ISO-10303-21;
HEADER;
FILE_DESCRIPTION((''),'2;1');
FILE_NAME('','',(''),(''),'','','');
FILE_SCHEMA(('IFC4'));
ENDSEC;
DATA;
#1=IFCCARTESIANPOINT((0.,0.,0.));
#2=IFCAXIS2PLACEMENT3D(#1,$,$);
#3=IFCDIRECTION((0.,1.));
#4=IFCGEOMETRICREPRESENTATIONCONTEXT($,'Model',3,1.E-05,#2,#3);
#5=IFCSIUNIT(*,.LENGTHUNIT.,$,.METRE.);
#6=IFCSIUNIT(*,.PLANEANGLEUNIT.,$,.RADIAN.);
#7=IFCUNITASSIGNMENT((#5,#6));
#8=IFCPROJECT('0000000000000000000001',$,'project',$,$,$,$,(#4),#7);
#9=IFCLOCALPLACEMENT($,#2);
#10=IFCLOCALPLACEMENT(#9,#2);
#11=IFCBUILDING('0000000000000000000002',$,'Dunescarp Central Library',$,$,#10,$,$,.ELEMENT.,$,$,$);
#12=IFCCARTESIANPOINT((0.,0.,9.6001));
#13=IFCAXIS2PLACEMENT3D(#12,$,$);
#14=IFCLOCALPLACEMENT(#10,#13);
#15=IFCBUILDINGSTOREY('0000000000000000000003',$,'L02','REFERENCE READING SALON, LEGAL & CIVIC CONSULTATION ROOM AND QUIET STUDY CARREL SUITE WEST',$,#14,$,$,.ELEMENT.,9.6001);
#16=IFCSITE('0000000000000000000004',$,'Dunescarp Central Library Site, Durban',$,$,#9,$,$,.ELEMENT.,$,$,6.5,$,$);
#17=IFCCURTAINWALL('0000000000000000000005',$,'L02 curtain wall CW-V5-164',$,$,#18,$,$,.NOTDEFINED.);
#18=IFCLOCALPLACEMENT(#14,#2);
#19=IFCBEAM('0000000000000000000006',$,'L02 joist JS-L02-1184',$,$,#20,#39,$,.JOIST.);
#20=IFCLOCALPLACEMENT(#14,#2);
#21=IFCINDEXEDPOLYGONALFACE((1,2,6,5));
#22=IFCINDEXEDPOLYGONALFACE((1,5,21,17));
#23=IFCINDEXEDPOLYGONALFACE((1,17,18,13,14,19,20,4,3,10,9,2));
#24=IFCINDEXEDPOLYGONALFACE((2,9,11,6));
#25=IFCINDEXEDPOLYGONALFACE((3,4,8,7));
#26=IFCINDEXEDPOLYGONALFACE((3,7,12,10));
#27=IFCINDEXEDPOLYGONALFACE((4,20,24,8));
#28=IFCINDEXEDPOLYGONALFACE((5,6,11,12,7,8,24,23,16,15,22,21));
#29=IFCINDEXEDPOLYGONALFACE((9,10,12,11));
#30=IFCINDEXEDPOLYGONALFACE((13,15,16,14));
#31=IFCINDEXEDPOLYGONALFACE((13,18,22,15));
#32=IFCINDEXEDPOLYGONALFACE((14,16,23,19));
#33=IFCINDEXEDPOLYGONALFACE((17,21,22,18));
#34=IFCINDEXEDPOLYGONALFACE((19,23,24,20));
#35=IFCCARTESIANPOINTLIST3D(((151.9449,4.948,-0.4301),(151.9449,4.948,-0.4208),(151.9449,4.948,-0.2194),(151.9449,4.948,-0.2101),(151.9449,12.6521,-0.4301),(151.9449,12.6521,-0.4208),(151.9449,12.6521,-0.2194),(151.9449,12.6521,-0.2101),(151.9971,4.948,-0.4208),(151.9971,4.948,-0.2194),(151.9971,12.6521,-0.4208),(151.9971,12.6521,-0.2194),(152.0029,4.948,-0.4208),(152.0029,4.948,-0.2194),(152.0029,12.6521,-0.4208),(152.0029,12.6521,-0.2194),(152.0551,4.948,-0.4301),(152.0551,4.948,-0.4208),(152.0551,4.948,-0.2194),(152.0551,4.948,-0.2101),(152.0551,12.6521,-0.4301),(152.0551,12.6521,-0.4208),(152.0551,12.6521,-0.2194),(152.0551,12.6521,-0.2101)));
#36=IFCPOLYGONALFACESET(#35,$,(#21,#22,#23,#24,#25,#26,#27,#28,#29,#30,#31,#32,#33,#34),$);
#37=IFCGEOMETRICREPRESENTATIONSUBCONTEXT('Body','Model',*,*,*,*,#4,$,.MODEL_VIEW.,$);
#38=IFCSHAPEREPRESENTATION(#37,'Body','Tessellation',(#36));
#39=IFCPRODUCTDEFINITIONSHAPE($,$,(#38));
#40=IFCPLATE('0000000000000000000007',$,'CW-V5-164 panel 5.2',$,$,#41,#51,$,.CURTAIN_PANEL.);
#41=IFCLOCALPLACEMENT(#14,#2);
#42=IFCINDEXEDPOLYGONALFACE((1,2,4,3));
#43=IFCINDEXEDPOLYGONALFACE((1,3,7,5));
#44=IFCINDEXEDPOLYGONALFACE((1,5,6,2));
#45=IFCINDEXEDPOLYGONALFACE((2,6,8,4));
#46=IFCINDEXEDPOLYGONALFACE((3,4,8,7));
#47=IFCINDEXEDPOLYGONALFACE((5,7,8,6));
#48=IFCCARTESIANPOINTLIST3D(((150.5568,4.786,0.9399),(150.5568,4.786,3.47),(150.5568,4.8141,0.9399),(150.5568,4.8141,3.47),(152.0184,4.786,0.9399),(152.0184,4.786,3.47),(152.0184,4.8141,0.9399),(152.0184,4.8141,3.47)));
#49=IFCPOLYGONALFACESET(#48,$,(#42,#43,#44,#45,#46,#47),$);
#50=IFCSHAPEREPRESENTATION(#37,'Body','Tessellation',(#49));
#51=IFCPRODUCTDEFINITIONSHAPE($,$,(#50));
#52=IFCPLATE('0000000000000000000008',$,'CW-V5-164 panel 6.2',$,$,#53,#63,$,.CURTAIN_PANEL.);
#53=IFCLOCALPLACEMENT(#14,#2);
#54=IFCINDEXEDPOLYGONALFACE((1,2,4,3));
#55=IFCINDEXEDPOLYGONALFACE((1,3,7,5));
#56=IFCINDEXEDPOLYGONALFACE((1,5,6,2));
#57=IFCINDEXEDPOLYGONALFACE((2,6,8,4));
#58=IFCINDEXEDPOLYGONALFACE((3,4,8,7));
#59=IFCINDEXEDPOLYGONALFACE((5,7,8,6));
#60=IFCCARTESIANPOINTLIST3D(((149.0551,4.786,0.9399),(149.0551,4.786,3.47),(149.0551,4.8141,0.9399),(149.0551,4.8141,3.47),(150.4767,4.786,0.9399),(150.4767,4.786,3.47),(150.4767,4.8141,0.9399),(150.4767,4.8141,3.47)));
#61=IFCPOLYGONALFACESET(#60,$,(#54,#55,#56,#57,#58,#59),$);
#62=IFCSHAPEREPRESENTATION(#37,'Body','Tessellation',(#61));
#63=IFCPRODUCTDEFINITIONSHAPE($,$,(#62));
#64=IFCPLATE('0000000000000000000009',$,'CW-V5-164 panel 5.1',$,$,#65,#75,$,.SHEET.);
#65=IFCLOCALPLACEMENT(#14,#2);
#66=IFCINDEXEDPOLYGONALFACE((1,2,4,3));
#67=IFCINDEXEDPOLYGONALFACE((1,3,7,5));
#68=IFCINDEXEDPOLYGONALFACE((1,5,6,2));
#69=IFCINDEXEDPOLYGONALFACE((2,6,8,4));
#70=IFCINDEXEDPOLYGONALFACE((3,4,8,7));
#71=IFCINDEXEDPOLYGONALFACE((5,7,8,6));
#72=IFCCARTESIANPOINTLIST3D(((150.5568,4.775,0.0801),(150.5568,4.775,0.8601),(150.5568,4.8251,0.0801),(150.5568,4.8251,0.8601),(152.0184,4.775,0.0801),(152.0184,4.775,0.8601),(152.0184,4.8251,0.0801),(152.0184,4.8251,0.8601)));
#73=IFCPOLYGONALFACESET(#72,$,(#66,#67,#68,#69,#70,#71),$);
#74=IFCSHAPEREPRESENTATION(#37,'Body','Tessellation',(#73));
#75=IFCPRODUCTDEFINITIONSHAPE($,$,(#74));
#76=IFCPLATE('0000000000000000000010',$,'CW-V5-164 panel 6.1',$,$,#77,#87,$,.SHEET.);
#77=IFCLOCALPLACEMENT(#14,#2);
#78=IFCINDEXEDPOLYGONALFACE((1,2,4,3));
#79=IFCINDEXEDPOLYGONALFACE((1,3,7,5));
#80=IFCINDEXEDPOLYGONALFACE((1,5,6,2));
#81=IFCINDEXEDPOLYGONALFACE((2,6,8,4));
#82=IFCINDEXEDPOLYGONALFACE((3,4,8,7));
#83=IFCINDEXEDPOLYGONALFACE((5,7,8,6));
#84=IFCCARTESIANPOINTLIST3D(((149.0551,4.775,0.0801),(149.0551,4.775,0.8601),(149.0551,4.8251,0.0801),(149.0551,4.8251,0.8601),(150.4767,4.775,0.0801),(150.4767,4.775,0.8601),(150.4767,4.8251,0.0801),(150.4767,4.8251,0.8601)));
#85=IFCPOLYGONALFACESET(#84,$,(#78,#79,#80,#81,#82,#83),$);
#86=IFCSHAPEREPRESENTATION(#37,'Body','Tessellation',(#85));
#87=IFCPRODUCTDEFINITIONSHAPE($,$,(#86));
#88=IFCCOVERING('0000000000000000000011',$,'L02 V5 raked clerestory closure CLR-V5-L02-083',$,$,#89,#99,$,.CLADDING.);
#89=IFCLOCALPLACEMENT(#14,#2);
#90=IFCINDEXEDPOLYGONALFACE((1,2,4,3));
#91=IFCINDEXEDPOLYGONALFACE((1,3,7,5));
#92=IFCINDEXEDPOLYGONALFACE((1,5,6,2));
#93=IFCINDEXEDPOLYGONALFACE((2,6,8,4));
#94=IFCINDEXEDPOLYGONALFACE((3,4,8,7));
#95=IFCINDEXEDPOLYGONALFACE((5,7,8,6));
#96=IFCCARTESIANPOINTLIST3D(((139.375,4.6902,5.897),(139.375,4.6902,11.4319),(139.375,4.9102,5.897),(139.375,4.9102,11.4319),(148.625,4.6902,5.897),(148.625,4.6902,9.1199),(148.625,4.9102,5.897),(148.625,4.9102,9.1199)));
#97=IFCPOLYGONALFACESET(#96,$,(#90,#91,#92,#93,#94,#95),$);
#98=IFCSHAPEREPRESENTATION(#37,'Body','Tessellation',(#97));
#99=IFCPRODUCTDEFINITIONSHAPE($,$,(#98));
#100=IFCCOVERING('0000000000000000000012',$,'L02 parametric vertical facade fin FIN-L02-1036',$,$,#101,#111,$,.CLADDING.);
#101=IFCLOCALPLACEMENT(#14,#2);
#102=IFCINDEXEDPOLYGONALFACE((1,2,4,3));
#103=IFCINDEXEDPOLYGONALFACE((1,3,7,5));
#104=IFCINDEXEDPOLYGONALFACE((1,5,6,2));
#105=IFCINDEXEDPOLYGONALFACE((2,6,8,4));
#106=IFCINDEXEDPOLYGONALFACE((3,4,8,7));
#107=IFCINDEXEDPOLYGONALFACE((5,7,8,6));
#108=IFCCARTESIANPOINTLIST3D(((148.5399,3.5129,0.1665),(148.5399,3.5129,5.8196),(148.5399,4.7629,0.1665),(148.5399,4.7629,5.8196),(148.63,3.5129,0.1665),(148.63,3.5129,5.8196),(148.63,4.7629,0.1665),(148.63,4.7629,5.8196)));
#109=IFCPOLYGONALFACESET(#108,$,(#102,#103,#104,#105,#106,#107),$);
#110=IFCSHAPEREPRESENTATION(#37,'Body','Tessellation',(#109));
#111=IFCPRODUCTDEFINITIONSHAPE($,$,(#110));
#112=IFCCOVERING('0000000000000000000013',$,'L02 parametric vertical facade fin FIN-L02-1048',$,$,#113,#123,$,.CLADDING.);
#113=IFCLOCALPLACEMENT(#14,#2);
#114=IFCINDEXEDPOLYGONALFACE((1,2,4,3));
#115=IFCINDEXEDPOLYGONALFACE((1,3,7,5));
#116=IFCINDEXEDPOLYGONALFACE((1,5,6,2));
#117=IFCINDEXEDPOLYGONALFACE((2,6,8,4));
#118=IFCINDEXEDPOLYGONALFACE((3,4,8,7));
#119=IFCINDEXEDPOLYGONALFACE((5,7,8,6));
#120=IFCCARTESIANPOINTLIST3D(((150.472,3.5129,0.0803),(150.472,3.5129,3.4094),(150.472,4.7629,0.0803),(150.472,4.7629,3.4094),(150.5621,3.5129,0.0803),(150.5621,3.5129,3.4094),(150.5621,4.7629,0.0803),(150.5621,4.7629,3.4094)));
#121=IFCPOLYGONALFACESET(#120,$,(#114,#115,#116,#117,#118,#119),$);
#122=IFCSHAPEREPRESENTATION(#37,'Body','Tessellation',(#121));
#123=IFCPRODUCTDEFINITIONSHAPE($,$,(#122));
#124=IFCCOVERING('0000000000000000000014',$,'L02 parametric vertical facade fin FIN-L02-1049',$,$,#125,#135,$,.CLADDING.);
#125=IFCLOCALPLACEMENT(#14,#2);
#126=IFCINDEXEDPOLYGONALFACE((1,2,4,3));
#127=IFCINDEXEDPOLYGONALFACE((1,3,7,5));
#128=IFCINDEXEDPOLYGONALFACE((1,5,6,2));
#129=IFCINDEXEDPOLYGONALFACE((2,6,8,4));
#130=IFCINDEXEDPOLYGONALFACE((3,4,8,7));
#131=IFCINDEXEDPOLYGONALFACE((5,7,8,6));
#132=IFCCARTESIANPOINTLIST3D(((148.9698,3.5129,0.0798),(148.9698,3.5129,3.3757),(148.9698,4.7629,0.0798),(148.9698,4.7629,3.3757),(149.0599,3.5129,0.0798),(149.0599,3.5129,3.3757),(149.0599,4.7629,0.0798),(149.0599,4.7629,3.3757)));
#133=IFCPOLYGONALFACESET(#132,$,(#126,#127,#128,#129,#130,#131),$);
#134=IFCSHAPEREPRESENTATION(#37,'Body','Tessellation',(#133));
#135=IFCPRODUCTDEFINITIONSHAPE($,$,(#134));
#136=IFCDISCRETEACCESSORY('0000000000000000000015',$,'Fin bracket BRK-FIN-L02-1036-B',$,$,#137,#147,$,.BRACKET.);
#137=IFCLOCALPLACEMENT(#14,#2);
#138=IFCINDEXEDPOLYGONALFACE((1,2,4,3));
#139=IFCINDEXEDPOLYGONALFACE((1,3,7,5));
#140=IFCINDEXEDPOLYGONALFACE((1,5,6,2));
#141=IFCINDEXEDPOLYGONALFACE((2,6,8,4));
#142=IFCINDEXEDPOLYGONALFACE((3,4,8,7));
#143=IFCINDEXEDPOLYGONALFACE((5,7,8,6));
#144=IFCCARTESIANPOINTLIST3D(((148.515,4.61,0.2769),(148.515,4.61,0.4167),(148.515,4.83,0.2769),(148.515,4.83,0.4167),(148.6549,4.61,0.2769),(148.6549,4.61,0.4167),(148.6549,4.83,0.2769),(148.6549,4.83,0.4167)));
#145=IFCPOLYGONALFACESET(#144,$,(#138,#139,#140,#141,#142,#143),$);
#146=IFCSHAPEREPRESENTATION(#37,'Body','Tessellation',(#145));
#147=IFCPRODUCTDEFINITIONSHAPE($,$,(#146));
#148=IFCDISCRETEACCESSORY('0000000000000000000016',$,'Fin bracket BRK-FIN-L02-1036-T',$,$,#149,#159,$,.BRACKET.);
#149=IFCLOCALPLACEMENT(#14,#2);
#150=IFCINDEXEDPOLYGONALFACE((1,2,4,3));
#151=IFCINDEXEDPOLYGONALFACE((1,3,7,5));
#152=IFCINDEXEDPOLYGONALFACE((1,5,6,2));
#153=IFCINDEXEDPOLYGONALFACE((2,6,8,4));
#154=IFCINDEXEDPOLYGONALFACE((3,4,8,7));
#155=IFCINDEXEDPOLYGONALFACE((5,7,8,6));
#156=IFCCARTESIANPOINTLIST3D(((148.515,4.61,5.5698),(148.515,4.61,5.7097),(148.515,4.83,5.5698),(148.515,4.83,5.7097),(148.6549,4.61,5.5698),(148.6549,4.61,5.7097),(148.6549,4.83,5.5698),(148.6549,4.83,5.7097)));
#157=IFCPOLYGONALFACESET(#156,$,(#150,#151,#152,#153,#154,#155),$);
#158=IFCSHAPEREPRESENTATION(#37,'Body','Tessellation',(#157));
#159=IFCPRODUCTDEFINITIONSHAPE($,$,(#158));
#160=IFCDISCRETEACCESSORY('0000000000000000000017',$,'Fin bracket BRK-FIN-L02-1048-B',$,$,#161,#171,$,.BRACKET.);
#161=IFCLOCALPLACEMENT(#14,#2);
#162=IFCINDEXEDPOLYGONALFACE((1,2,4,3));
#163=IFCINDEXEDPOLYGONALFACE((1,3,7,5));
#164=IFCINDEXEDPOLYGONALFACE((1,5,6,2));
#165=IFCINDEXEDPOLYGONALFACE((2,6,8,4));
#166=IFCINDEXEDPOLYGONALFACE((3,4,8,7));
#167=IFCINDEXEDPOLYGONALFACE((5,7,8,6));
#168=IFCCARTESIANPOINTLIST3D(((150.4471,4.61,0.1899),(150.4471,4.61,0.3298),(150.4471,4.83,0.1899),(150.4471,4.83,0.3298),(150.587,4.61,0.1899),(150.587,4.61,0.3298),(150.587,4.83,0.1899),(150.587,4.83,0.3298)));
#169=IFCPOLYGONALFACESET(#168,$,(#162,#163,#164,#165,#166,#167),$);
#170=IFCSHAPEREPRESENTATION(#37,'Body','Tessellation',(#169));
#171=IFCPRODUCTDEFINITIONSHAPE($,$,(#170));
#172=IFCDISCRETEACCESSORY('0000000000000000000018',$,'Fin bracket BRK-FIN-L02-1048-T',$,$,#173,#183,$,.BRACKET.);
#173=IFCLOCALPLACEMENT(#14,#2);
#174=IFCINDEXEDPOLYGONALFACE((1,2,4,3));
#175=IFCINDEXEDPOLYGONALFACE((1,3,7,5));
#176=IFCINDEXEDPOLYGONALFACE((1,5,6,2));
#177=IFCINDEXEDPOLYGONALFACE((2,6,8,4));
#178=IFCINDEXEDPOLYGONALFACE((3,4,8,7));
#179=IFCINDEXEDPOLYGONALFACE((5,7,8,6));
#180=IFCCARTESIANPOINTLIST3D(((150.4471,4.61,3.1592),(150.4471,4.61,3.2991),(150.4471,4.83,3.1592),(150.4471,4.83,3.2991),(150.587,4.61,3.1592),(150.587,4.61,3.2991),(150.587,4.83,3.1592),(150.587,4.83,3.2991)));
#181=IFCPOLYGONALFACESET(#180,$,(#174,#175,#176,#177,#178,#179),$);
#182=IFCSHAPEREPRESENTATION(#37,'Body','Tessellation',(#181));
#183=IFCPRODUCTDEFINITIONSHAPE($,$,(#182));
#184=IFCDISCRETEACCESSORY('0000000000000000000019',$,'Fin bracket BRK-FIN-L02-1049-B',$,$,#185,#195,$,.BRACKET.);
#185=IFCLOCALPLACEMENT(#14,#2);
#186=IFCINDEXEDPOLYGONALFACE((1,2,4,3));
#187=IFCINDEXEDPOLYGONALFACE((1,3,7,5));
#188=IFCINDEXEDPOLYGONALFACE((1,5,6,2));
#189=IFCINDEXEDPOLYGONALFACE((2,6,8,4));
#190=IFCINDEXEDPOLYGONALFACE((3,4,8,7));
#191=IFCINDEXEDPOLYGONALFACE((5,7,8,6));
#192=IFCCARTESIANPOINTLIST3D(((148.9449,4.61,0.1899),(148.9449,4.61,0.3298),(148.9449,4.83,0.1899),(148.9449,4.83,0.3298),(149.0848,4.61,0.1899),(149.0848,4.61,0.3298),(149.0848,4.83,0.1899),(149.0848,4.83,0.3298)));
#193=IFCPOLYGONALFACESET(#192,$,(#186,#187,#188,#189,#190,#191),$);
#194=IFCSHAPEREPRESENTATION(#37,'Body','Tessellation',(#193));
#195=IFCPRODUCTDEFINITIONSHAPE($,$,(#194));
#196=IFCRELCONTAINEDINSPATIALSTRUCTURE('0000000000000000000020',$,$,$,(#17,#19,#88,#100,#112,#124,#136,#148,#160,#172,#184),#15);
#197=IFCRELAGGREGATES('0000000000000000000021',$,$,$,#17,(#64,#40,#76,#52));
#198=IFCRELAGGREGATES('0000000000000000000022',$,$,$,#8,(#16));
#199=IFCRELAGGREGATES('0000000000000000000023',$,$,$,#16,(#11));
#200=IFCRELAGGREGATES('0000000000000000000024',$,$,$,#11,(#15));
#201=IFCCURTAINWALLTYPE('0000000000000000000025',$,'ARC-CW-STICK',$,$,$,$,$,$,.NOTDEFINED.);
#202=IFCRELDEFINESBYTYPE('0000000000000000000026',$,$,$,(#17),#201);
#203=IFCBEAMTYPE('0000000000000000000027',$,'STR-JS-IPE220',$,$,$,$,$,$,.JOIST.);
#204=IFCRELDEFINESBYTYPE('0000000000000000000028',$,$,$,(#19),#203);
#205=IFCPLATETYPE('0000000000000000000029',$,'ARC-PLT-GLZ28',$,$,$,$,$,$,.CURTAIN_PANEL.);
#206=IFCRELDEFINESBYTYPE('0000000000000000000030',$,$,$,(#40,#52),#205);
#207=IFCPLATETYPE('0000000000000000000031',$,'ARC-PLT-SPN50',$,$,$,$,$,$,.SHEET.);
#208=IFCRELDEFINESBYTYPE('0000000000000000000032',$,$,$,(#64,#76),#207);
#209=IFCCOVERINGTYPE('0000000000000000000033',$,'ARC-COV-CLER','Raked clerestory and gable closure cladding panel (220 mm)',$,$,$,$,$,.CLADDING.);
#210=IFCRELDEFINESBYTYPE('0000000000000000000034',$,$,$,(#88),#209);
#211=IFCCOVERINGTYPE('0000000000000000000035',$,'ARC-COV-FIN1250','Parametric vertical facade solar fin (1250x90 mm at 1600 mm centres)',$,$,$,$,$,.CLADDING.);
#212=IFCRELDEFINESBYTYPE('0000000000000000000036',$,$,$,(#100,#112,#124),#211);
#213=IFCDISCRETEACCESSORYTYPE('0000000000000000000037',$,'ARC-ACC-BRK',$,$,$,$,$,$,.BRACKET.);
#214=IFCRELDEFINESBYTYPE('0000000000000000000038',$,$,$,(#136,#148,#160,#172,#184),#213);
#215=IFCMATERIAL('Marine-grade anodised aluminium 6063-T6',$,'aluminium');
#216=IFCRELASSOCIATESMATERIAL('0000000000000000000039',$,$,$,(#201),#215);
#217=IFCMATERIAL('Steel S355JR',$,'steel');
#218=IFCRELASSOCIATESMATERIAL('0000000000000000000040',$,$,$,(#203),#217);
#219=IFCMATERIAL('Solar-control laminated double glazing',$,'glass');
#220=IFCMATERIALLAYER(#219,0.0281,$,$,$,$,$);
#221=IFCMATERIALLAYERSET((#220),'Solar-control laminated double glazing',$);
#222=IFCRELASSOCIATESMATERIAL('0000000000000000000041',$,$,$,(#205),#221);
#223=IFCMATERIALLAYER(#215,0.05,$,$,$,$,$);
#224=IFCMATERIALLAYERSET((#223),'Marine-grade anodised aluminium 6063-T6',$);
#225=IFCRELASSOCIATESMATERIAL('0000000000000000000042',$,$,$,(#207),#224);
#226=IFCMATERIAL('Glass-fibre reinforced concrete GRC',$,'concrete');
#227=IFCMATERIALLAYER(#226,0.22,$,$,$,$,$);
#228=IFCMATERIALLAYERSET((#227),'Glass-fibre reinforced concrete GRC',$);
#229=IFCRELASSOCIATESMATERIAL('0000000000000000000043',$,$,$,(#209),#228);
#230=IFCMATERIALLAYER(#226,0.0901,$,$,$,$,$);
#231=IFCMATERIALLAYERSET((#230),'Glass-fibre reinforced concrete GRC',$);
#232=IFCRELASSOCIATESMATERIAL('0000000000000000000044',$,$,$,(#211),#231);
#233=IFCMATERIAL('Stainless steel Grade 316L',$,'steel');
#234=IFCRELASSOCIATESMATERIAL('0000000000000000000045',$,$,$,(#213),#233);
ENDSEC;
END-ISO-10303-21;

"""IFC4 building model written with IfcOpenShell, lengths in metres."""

from ifc_helpers import new_model, si_unit, direction, frame, origin, origin_2d, place, context, subcontext, project, spatial, polyline, rectangle, i_section, outline, extrude, material, layer, layer_set, material_profile, profile_set, type_object, element, aggregate, save


model = new_model("IFC4")

# Units and contexts
model_context = context("Model", 3, precision=1e-05, world=origin(), true_north=direction((0.0, 1.0)))
body_context = subcontext(model_context, "Body", "Model", "MODEL_VIEW")
ifc_project = project(units=[si_unit("LENGTHUNIT", "METRE"), si_unit("PLANEANGLEUNIT", "RADIAN")], contexts=[model_context])

# Site, building, storey
site_placement = place(None, origin())
site = spatial("IfcSite", under=ifc_project, at=site_placement, Name="Dunescarp Central Library Site, Durban", CompositionType="ELEMENT", RefElevation=6.5)
building_placement = place(site_placement, origin())
building = spatial("IfcBuilding", under=site, at=building_placement, Name="Dunescarp Central Library", CompositionType="ELEMENT")
storey_placement = place(building_placement, frame((0.0, 0.0, 9.6001)))
storey = spatial("IfcBuildingStorey", under=building, at=storey_placement, Name="L02", Description="REFERENCE READING SALON, LEGAL & CIVIC CONSULTATION ROOM AND QUIET STUDY CARREL SUITE WEST", CompositionType="ELEMENT", Elevation=9.6001)

# Shared definitions
ifc_material_1 = material(Name="Steel S355JR", Category="steel")

# Shared definitions
ifc_material_2 = material(Name="Marine-grade anodised aluminium 6063-T6", Category="aluminium")
curtain_wall_type = type_object("IfcCurtainWallType", Name="ARC-CW-STICK", PredefinedType="NOTDEFINED", material=ifc_material_2)

# Curtain wall
curtain_wall_1_placement = place(storey_placement, origin())
curtain_wall_1 = element("IfcCurtainWall", 1, at=curtain_wall_1_placement, inside=storey, type_object=curtain_wall_type, Name="L02 curtain wall CW-V5-164", PredefinedType="NOTDEFINED")

# Beam
ifc_material_profile_1 = material_profile(ifc_material_1, i_section(OverallWidth=0.1101, OverallDepth=0.22, WebThickness=0.0059, FlangeThickness=0.0093, at=origin_2d()), Name="IPE 220")
ifc_profile_set_1 = profile_set([ifc_material_profile_1], Name="Steel S355JR")
beam_type_1 = type_object("IfcBeamType", Name="STR-JS-IPE220", PredefinedType="JOIST", material=ifc_profile_set_1)
beam_1_placement = place(storey_placement, frame((152.0, 4.948, -0.3201), z_axis=(0.0, 1.0, 0.0), x_axis=(-1.0, 0.0, 0.0)))
element("IfcBeam", 2, at=beam_1_placement, inside=storey, type_object=beam_type_1, Name="L02 joist JS-L02-1184", PredefinedType="JOIST", context=body_context, shape_type="SweptSolid", body=[
    extrude(i_section(OverallWidth=0.1101, OverallDepth=0.22, WebThickness=0.0059, FlangeThickness=0.0093, at=origin_2d()), origin(), (0.0, 0.0, 1.0), 7.7041),
])

# Plates
ifc_material_3 = material(Name="Solar-control laminated double glazing", Category="glass")
ifc_layer_1 = layer(ifc_material_3, 0.0281)
ifc_layer_set_1 = layer_set([ifc_layer_1], Name="Solar-control laminated double glazing")
plate_type_1 = type_object("IfcPlateType", Name="ARC-PLT-GLZ28", PredefinedType="CURTAIN_PANEL", material=ifc_layer_set_1)
plate_1_placement = place(storey_placement, frame((151.2876, 4.8, 0.9399), z_axis=(0.0, 0.0, 1.0), x_axis=(-1.0, 0.0, 0.0)))
plate_1 = element("IfcPlate", 3, at=plate_1_placement, type_object=plate_type_1, Name="CW-V5-164 panel 5.2", PredefinedType="CURTAIN_PANEL", context=body_context, shape_type="SweptSolid", body=[
    extrude(rectangle(XDim=1.4617, YDim=0.0281, at=origin_2d()), origin(), (0.0, 0.0, 1.0), 2.53),
])
plate_2_placement = place(storey_placement, frame((149.7659, 4.8, 0.9399), z_axis=(0.0, 0.0, 1.0), x_axis=(-1.0, 0.0, 0.0)))
plate_2 = element("IfcPlate", 4, at=plate_2_placement, type_object=plate_type_1, Name="CW-V5-164 panel 6.2", PredefinedType="CURTAIN_PANEL", context=body_context, shape_type="SweptSolid", body=[
    extrude(rectangle(XDim=1.4216, YDim=0.0281, at=origin_2d()), origin(), (0.0, 0.0, 1.0), 2.53),
])
ifc_layer_2 = layer(ifc_material_2, 0.05)
ifc_layer_set_2 = layer_set([ifc_layer_2], Name="Marine-grade anodised aluminium 6063-T6")
plate_type_2 = type_object("IfcPlateType", Name="ARC-PLT-SPN50", PredefinedType="SHEET", material=ifc_layer_set_2)
plate_3_placement = place(storey_placement, frame((151.2876, 4.8, 0.0801), z_axis=(0.0, 0.0, 1.0), x_axis=(-1.0, 0.0, 0.0)))
plate_3 = element("IfcPlate", 5, at=plate_3_placement, type_object=plate_type_2, Name="CW-V5-164 panel 5.1", PredefinedType="SHEET", context=body_context, shape_type="SweptSolid", body=[
    extrude(rectangle(XDim=1.4617, YDim=0.05, at=origin_2d()), origin(), (0.0, 0.0, 1.0), 0.78),
])
plate_4_placement = place(storey_placement, frame((149.7659, 4.8, 0.0801), z_axis=(0.0, 0.0, 1.0), x_axis=(-1.0, 0.0, 0.0)))
plate_4 = element("IfcPlate", 6, at=plate_4_placement, type_object=plate_type_2, Name="CW-V5-164 panel 6.1", PredefinedType="SHEET", context=body_context, shape_type="SweptSolid", body=[
    extrude(rectangle(XDim=1.4216, YDim=0.05, at=origin_2d()), origin(), (0.0, 0.0, 1.0), 0.78),
])
aggregate(curtain_wall_1, [plate_3, plate_1, plate_4, plate_2])

# Coverings
ifc_material_4 = material(Name="Glass-fibre reinforced concrete GRC", Category="concrete")
ifc_layer_3 = layer(ifc_material_4, 0.22)
ifc_layer_set_3 = layer_set([ifc_layer_3], Name="Glass-fibre reinforced concrete GRC")
covering_type_1 = type_object("IfcCoveringType", Name="ARC-COV-CLER", Description="Raked clerestory and gable closure cladding panel (220 mm)", PredefinedType="CLADDING", material=ifc_layer_set_3)
covering_1_placement = place(storey_placement, frame((148.625, 4.8, 5.897), z_axis=(0.0, 0.0, 1.0), x_axis=(-1.0, 0.0, 0.0)))
element("IfcCovering", 7, at=covering_1_placement, inside=storey, type_object=covering_type_1, Name="L02 V5 raked clerestory closure CLR-V5-L02-083", PredefinedType="CLADDING", context=body_context, shape_type="SweptSolid", body=[
    extrude(outline(polyline([(0.0, 0.0), (9.25, 0.0), (9.25, 5.5349), (0.0, 3.2229), (0.0, 0.0)])), frame((0.0, 0.1099, 0.0), z_axis=(0.0, -1.0, 0.0), x_axis=(1.0, 0.0, 0.0)), (0.0, 0.0, 1.0), 0.22),
])
ifc_layer_4 = layer(ifc_material_4, 0.0901)
ifc_layer_set_4 = layer_set([ifc_layer_4], Name="Glass-fibre reinforced concrete GRC")
covering_type_2 = type_object("IfcCoveringType", Name="ARC-COV-FIN1250", Description="Parametric vertical facade solar fin (1250x90 mm at 1600 mm centres)", PredefinedType="CLADDING", material=ifc_layer_set_4)
covering_2_placement = place(storey_placement, frame((148.585, 4.1379, 0.1665), z_axis=(0.0, 0.0, 1.0), x_axis=(0.0, -1.0, 0.0)))
element("IfcCovering", 8, at=covering_2_placement, inside=storey, type_object=covering_type_2, Name="L02 parametric vertical facade fin FIN-L02-1036", PredefinedType="CLADDING", context=body_context, shape_type="SweptSolid", body=[
    extrude(rectangle(XDim=1.25, YDim=0.0901, at=origin_2d()), origin(), (0.0, 0.0, 1.0), 5.6531),
])
covering_3_placement = place(storey_placement, frame((150.5171, 4.1379, 0.0803), z_axis=(0.0, 0.0, 1.0), x_axis=(0.0, -1.0, 0.0)))
element("IfcCovering", 9, at=covering_3_placement, inside=storey, type_object=covering_type_2, Name="L02 parametric vertical facade fin FIN-L02-1048", PredefinedType="CLADDING", context=body_context, shape_type="SweptSolid", body=[
    extrude(rectangle(XDim=1.25, YDim=0.0901, at=origin_2d()), origin(), (0.0, 0.0, 1.0), 3.3291),
])
covering_4_placement = place(storey_placement, frame((149.0149, 4.1379, 0.0798), z_axis=(0.0, 0.0, 1.0), x_axis=(0.0, -1.0, 0.0)))
element("IfcCovering", 10, at=covering_4_placement, inside=storey, type_object=covering_type_2, Name="L02 parametric vertical facade fin FIN-L02-1049", PredefinedType="CLADDING", context=body_context, shape_type="SweptSolid", body=[
    extrude(rectangle(XDim=1.25, YDim=0.0901, at=origin_2d()), origin(), (0.0, 0.0, 1.0), 3.2959),
])

# Discrete accessories
ifc_material_5 = material(Name="Stainless steel Grade 316L", Category="steel")
discrete_accessory_type = type_object("IfcDiscreteAccessoryType", Name="ARC-ACC-BRK", PredefinedType="BRACKET", material=ifc_material_5)
for number, where, z_axis, x_axis, name in (
    (11, (148.585, 4.72, 0.2769), (0.0, 0.0, 1.0), (0.0, -1.0, 0.0), "Fin bracket BRK-FIN-L02-1036-B"),
    (12, (148.585, 4.72, 5.5698), (0.0, 0.0, 1.0), (0.0, -1.0, 0.0), "Fin bracket BRK-FIN-L02-1036-T"),
    (13, (150.5171, 4.72, 0.1899), (0.0, 0.0, 1.0), (0.0, -1.0, 0.0), "Fin bracket BRK-FIN-L02-1048-B"),
    (14, (150.5171, 4.72, 3.1592), (0.0, 0.0, 1.0), (0.0, -1.0, 0.0), "Fin bracket BRK-FIN-L02-1048-T"),
    (15, (149.0149, 4.72, 0.1899), (0.0, 0.0, 1.0), (0.0, -1.0, 0.0), "Fin bracket BRK-FIN-L02-1049-B"),
):
    element("IfcDiscreteAccessory", number, at=place(storey_placement, frame(where, z_axis=z_axis, x_axis=x_axis)), inside=storey, type_object=discrete_accessory_type, Name=name, PredefinedType="BRACKET", context=body_context, shape_type="SweptSolid", body=[
        extrude(rectangle(XDim=0.22, YDim=0.1399, at=origin_2d()), origin(), (0.0, 0.0, 1.0), 0.1399),
    ])

save(model, "model.ifc")
